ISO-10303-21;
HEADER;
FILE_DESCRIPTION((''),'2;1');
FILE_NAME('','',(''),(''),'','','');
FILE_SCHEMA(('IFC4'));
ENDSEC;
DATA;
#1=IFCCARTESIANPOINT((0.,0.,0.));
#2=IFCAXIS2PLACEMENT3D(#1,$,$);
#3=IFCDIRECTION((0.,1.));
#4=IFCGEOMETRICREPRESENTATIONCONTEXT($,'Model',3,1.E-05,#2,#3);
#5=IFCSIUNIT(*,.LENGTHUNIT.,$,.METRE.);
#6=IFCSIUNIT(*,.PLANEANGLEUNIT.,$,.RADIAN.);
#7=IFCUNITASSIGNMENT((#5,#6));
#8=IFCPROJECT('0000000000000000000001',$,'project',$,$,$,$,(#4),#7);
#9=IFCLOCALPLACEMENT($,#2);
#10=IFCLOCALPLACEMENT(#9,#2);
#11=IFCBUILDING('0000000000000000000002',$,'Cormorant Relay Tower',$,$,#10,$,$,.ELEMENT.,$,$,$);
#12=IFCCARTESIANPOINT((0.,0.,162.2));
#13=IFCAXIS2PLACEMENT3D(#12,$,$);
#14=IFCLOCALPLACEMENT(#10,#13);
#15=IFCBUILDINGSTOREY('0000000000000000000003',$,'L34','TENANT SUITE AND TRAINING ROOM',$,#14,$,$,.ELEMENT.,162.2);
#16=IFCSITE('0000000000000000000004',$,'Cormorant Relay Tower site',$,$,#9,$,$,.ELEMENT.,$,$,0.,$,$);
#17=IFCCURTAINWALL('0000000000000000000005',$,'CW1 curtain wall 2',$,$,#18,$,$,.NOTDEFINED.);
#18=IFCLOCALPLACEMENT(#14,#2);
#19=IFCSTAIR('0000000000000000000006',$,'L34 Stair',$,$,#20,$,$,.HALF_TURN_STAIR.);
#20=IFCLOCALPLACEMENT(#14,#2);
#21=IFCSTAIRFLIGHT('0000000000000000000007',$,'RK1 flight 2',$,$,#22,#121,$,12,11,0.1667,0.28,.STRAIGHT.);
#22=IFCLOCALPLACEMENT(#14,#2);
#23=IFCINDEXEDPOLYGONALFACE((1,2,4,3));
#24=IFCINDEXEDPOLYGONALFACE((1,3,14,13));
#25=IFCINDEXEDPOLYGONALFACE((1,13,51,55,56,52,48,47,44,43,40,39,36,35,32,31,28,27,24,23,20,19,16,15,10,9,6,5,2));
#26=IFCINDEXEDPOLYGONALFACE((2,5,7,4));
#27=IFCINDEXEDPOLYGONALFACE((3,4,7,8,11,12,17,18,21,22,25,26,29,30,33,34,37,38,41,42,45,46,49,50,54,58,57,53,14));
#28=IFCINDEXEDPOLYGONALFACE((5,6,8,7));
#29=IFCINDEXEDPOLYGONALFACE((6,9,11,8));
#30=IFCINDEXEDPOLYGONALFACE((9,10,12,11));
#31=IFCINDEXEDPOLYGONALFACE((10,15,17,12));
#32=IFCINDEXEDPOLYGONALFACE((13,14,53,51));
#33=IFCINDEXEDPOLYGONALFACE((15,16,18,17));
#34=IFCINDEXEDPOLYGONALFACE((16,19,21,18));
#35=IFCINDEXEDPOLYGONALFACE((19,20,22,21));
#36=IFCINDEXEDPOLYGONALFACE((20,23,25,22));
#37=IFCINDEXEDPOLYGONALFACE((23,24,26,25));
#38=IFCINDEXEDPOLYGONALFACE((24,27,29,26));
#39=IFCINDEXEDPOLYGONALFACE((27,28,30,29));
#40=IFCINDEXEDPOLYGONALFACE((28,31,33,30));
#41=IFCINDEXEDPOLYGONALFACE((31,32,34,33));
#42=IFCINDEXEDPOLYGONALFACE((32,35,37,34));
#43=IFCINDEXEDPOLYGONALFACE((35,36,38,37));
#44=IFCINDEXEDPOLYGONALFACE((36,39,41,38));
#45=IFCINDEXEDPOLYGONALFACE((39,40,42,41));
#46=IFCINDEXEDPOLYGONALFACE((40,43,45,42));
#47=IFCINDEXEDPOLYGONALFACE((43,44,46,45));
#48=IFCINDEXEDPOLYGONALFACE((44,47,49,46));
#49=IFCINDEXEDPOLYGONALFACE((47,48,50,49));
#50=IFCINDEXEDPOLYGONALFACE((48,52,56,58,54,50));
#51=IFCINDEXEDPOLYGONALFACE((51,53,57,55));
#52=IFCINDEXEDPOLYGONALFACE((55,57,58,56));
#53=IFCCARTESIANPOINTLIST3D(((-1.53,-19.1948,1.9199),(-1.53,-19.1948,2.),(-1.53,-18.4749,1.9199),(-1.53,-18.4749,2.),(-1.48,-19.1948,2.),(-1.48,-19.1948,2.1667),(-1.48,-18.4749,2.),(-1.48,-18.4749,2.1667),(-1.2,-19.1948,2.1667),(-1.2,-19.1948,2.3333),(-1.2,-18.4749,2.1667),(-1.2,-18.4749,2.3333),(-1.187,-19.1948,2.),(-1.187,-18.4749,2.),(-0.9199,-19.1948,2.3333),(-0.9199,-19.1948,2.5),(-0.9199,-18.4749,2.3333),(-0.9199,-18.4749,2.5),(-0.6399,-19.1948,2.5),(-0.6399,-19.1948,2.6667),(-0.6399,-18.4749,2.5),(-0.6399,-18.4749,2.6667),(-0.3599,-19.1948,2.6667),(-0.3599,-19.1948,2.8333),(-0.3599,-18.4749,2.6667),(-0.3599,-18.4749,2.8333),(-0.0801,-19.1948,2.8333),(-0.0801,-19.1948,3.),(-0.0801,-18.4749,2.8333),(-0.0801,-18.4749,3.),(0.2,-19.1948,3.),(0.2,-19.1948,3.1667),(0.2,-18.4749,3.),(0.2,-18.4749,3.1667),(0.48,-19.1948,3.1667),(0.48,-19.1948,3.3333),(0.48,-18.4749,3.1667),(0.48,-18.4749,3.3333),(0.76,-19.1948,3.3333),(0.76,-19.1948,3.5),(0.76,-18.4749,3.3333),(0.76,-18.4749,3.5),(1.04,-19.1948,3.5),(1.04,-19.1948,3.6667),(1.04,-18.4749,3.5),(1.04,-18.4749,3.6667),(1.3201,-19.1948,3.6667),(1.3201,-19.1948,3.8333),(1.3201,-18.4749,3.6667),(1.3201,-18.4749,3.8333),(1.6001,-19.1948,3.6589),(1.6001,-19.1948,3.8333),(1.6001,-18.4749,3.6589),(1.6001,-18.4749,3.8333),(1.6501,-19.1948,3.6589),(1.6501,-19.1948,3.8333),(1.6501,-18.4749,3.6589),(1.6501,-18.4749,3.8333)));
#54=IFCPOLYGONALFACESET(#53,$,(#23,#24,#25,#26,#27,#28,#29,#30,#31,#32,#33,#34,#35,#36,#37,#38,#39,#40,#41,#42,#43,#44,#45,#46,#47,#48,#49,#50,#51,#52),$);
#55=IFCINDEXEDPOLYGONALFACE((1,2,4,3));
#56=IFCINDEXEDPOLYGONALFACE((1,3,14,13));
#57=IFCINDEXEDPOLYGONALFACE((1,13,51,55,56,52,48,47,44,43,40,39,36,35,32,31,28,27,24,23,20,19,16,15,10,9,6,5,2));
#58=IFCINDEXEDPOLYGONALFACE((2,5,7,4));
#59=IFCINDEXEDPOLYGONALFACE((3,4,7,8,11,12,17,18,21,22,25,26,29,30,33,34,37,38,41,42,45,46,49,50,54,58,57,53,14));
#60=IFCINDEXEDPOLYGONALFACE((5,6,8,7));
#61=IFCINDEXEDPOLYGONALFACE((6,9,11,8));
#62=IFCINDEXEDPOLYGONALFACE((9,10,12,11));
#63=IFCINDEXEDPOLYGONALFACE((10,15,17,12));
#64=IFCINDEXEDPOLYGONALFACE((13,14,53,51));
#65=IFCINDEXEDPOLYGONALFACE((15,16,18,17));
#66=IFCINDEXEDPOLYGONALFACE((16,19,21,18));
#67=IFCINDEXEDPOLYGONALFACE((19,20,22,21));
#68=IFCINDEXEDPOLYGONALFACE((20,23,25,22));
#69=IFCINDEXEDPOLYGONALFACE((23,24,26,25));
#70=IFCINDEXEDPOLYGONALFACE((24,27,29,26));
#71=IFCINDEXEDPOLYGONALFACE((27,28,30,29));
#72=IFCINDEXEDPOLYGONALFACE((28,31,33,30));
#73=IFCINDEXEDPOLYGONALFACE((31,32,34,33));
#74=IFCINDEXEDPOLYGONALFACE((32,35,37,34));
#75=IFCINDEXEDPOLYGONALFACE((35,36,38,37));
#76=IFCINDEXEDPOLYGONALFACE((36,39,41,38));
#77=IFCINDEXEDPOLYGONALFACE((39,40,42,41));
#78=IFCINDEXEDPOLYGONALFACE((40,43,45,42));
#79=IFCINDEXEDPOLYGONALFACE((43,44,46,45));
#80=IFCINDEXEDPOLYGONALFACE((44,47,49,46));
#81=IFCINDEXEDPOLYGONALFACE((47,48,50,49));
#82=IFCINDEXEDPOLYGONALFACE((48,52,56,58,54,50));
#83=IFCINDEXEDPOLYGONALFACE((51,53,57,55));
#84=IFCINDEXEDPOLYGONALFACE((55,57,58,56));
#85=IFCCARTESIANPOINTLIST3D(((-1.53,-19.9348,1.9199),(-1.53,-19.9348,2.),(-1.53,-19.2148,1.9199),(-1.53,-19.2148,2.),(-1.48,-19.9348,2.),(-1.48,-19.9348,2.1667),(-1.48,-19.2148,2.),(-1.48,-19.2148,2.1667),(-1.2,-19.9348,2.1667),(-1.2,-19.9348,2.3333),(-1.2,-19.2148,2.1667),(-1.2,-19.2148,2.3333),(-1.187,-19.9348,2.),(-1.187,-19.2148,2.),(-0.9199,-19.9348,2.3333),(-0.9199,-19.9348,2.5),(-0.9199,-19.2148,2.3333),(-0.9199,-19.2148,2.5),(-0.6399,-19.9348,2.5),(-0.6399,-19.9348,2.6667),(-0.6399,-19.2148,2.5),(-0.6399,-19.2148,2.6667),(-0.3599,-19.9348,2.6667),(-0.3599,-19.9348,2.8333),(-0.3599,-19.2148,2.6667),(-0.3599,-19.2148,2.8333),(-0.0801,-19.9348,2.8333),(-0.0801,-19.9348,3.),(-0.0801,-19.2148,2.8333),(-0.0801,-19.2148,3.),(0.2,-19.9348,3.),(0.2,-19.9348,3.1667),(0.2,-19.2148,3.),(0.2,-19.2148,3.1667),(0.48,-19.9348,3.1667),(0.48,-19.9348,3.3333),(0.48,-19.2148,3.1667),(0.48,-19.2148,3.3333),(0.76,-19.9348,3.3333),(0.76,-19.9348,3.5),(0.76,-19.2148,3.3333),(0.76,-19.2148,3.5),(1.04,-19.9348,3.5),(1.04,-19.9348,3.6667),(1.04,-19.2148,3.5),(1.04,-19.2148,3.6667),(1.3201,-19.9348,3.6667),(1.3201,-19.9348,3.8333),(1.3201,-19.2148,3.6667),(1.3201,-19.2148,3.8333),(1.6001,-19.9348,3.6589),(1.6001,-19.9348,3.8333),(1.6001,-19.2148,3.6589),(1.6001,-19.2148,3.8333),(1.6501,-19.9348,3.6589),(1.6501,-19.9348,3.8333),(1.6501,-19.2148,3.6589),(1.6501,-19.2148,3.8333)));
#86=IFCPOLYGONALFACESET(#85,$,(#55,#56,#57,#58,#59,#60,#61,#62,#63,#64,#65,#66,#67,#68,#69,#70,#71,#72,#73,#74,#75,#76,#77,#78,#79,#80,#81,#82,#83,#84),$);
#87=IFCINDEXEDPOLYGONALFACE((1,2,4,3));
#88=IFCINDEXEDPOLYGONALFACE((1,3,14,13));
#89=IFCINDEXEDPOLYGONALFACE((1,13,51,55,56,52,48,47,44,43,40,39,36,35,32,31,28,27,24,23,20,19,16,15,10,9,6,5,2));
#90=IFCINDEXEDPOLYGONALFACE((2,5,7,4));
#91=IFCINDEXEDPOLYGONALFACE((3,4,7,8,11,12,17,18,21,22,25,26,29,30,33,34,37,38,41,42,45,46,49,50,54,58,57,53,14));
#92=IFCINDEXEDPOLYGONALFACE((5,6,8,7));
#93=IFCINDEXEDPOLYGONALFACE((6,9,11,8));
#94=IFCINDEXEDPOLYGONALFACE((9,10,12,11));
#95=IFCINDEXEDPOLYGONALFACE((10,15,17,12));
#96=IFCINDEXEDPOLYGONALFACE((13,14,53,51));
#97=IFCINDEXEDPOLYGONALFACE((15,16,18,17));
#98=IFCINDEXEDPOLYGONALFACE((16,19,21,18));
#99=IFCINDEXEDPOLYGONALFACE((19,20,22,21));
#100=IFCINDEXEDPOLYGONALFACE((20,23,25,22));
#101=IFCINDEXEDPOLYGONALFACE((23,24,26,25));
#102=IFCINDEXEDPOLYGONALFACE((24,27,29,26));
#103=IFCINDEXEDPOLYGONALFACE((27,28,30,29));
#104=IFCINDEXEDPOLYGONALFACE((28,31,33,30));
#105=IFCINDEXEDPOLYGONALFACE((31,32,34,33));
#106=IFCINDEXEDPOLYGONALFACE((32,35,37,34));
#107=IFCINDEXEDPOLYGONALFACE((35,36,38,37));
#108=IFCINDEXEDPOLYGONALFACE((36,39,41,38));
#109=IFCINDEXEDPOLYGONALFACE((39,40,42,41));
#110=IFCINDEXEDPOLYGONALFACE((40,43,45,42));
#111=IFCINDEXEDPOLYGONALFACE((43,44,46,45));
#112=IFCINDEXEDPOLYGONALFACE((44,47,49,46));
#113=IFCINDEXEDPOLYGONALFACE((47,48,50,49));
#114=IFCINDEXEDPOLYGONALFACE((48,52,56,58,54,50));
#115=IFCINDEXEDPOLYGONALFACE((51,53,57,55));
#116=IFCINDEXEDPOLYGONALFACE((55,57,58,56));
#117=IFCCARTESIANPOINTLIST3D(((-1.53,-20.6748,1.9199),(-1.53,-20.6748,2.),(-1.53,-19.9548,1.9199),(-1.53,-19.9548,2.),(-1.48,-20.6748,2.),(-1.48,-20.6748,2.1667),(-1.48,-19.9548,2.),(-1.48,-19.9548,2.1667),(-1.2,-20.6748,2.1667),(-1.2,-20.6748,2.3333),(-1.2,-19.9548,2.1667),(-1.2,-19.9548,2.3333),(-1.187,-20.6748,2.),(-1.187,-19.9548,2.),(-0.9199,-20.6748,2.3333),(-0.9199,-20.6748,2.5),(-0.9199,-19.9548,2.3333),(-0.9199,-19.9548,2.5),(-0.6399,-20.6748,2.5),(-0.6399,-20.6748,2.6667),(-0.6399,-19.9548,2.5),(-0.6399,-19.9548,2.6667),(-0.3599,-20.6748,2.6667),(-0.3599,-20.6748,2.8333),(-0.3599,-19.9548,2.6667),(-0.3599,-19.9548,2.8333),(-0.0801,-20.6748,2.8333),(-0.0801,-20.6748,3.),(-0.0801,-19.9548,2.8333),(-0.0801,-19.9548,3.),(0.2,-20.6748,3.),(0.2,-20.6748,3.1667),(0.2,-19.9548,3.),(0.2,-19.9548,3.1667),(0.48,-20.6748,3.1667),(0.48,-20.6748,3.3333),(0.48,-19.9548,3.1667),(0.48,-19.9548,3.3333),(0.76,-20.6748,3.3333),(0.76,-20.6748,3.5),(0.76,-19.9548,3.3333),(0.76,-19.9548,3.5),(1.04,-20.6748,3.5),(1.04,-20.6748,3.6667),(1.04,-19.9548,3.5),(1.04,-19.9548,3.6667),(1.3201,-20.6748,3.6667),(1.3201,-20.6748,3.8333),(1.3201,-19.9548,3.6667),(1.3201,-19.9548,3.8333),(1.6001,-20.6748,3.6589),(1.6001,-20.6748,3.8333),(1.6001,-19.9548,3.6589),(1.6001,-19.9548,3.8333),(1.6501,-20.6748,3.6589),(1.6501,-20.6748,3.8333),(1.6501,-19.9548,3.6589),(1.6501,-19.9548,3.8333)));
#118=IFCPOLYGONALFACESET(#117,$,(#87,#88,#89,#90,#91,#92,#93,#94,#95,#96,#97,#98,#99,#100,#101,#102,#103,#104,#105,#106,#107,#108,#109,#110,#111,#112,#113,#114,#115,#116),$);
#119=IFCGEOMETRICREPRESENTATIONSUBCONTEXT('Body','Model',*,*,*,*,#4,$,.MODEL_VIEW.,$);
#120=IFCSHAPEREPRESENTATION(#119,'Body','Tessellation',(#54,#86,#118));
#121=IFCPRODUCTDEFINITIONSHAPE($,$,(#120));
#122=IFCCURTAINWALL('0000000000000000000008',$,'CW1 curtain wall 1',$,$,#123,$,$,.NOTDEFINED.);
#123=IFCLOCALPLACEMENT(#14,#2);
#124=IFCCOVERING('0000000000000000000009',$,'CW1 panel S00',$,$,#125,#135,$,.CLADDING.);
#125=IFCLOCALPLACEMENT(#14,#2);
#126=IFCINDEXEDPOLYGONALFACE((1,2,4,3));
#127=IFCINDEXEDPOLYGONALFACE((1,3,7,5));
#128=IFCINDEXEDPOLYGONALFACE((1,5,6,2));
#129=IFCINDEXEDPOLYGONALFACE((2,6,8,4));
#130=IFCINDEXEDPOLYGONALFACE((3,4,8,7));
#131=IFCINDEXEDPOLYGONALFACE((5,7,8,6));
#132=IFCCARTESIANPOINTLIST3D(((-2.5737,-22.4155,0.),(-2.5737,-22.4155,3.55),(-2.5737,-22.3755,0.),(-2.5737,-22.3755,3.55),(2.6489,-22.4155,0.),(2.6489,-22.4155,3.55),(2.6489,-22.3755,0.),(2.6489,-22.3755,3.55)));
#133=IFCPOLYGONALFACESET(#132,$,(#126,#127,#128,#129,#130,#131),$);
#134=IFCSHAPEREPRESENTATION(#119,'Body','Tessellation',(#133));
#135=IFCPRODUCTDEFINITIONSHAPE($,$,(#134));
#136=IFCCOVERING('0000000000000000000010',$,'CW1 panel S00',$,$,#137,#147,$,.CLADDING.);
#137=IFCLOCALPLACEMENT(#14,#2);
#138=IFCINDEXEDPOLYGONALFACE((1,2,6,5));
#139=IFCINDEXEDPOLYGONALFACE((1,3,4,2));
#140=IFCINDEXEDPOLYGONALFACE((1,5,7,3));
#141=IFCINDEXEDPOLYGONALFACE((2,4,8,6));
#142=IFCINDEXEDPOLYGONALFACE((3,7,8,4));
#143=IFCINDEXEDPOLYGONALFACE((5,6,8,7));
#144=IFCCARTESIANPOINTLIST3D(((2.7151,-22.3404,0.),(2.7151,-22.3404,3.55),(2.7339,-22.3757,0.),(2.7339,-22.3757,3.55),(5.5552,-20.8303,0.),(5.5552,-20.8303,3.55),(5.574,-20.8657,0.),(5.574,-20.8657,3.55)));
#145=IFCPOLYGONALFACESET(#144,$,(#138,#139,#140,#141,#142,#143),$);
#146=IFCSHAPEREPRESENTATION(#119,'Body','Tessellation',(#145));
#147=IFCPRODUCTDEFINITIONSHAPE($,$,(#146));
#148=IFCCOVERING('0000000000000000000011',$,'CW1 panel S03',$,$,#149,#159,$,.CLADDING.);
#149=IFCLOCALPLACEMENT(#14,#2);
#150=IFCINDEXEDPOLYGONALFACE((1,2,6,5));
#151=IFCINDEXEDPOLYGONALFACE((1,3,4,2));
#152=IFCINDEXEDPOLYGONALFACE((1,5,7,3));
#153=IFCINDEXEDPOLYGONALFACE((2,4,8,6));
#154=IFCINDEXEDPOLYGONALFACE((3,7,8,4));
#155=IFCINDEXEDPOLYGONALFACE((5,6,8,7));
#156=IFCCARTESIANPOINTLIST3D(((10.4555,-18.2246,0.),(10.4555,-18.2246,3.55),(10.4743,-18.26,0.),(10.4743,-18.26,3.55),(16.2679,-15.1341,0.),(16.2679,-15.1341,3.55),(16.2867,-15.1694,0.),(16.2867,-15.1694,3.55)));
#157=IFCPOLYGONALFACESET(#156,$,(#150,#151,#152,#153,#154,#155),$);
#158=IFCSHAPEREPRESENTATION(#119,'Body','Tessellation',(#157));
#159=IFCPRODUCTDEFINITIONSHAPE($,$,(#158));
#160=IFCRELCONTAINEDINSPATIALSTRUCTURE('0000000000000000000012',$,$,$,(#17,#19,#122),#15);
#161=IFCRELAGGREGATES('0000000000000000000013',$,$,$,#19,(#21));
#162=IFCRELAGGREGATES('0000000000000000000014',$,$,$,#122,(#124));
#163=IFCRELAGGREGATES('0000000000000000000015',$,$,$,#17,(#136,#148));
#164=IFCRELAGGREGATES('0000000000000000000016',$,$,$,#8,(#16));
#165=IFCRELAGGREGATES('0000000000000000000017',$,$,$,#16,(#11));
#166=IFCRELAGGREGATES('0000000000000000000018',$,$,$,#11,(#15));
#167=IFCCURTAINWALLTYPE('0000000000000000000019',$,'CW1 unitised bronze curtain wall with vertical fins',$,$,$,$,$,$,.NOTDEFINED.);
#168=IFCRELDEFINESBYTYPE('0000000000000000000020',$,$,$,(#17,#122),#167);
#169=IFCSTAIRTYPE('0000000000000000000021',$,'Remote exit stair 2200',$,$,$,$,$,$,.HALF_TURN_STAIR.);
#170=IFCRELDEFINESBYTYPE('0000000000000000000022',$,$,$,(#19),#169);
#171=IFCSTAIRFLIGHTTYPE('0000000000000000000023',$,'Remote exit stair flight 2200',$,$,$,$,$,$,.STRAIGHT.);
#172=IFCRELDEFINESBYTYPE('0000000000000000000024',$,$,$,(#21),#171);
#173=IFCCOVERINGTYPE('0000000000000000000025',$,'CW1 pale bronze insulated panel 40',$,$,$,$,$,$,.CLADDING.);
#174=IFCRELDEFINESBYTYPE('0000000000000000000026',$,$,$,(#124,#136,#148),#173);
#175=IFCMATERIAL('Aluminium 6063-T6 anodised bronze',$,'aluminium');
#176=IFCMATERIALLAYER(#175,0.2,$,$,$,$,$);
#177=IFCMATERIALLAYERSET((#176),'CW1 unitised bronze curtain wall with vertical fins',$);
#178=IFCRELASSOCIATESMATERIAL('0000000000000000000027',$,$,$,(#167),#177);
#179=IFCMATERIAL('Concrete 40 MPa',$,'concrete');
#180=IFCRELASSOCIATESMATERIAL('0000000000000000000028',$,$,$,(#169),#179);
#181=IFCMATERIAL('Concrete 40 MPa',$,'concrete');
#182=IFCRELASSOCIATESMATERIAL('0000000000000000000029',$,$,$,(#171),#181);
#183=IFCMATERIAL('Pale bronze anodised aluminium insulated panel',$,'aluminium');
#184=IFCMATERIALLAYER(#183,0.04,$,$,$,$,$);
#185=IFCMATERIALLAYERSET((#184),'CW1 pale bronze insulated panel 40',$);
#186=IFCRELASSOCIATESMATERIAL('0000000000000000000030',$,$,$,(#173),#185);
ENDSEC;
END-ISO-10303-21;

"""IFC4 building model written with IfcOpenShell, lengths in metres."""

from ifc_helpers import new_model, si_unit, direction, frame, origin, origin_2d, place, context, subcontext, project, spatial, polyline, rectangle, outline, extrude, material, layer, layer_set, type_object, element, aggregate, save


model = new_model("IFC4")

# Units and contexts
model_context = context("Model", 3, precision=1e-05, world=origin(), true_north=direction((0.0, 1.0)))
body_context = subcontext(model_context, "Body", "Model", "MODEL_VIEW")
ifc_project = project(units=[si_unit("LENGTHUNIT", "METRE"), si_unit("PLANEANGLEUNIT", "RADIAN")], contexts=[model_context])

# Site, building, storey
site_placement = place(None, origin())
site = spatial("IfcSite", under=ifc_project, at=site_placement, Name="Cormorant Relay Tower site", CompositionType="ELEMENT", RefElevation=0.0)
building_placement = place(site_placement, origin())
building = spatial("IfcBuilding", under=site, at=building_placement, Name="Cormorant Relay Tower", CompositionType="ELEMENT")
storey_placement = place(building_placement, frame((0.0, 0.0, 162.2)))
storey = spatial("IfcBuildingStorey", under=building, at=storey_placement, Name="L34", Description="TENANT SUITE AND TRAINING ROOM", CompositionType="ELEMENT", Elevation=162.2)

# Curtain wall
ifc_material_1 = material(Name="Aluminium 6063-T6 anodised bronze", Category="aluminium")
ifc_layer_1 = layer(ifc_material_1, 0.2)
ifc_layer_set_1 = layer_set([ifc_layer_1], Name="CW1 unitised bronze curtain wall with vertical fins")
curtain_wall_type = type_object("IfcCurtainWallType", Name="CW1 unitised bronze curtain wall with vertical fins", PredefinedType="NOTDEFINED", material=ifc_layer_set_1)
curtain_wall_1_placement = place(storey_placement, origin())
curtain_wall_1 = element("IfcCurtainWall", 1, at=curtain_wall_1_placement, inside=storey, type_object=curtain_wall_type, Name="CW1 curtain wall 2", PredefinedType="NOTDEFINED")

# Stair, stair flight
ifc_material_2 = material(Name="Concrete 40 MPa", Category="concrete")
stair_type = type_object("IfcStairType", Name="Remote exit stair 2200", PredefinedType="HALF_TURN_STAIR", material=ifc_material_2)
stair_placement = place(storey_placement, origin())
stair = element("IfcStair", 2, at=stair_placement, inside=storey, type_object=stair_type, Name="L34 Stair", PredefinedType="HALF_TURN_STAIR")
ifc_material_3 = material(Name="Concrete 40 MPa", Category="concrete")
stair_flight_type = type_object("IfcStairFlightType", Name="Remote exit stair flight 2200", PredefinedType="STRAIGHT", material=ifc_material_3)
stair_flight_1_placement = place(storey_placement, frame((-1.48, -19.575, 2.0), z_axis=(0.0, 0.0, 1.0), x_axis=(1.0, 0.0, 0.0)))
stair_flight_1 = element("IfcStairFlight", 3, at=stair_flight_1_placement, type_object=stair_flight_type, Name="RK1 flight 2", NumberOfRisers=12, NumberOfTreads=11, PredefinedType="STRAIGHT", RiserHeight=0.1667, TreadLength=0.28, context=body_context, shape_type="SweptSolid", body=[
    extrude(outline(polyline([(-0.05, -0.0801), (-0.05, 0.0), (0.0, 0.0), (0.0, 0.1667), (0.28, 0.1667), (0.28, 0.3333), (0.5601, 0.3333), (0.5601, 0.5), (0.8401, 0.5), (0.8401, 0.6667), (1.1201, 0.6667), (1.1201, 0.8333), (1.3999, 0.8333), (1.3999, 1.0), (1.6799, 1.0), (1.6799, 1.1667), (1.96, 1.1667), (1.96, 1.3333), (2.24, 1.3333), (2.24, 1.5), (2.52, 1.5), (2.52, 1.6667), (2.8, 1.6667), (2.8, 1.8333), (3.0801, 1.8333), (3.1301, 1.8333), (3.1301, 1.6589), (3.0801, 1.6589), (0.293, 0.0), (-0.05, -0.0801)])), frame((0.0, 1.1001, 0.0), z_axis=(0.0, -1.0, 0.0), x_axis=(1.0, 0.0, 0.0)), (0.0, 0.0, 1.0), 0.72),
    extrude(outline(polyline([(-0.05, -0.0801), (-0.05, 0.0), (0.0, 0.0), (0.0, 0.1667), (0.28, 0.1667), (0.28, 0.3333), (0.5601, 0.3333), (0.5601, 0.5), (0.8401, 0.5), (0.8401, 0.6667), (1.1201, 0.6667), (1.1201, 0.8333), (1.3999, 0.8333), (1.3999, 1.0), (1.6799, 1.0), (1.6799, 1.1667), (1.96, 1.1667), (1.96, 1.3333), (2.24, 1.3333), (2.24, 1.5), (2.52, 1.5), (2.52, 1.6667), (2.8, 1.6667), (2.8, 1.8333), (3.0801, 1.8333), (3.1301, 1.8333), (3.1301, 1.6589), (3.0801, 1.6589), (0.293, 0.0), (-0.05, -0.0801)])), frame((0.0, 0.3601, 0.0), z_axis=(0.0, -1.0, 0.0), x_axis=(1.0, 0.0, 0.0)), (0.0, 0.0, 1.0), 0.72),
    extrude(outline(polyline([(-0.05, -0.0801), (-0.05, 0.0), (0.0, 0.0), (0.0, 0.1667), (0.28, 0.1667), (0.28, 0.3333), (0.5601, 0.3333), (0.5601, 0.5), (0.8401, 0.5), (0.8401, 0.6667), (1.1201, 0.6667), (1.1201, 0.8333), (1.3999, 0.8333), (1.3999, 1.0), (1.6799, 1.0), (1.6799, 1.1667), (1.96, 1.1667), (1.96, 1.3333), (2.24, 1.3333), (2.24, 1.5), (2.52, 1.5), (2.52, 1.6667), (2.8, 1.6667), (2.8, 1.8333), (3.0801, 1.8333), (3.1301, 1.8333), (3.1301, 1.6589), (3.0801, 1.6589), (0.293, 0.0), (-0.05, -0.0801)])), frame((0.0, -0.3799, 0.0), z_axis=(0.0, -1.0, 0.0), x_axis=(1.0, 0.0, 0.0)), (0.0, 0.0, 1.0), 0.72),
])
aggregate(stair, [stair_flight_1])

# Curtain wall, covering
curtain_wall_2_placement = place(storey_placement, origin())
curtain_wall_2 = element("IfcCurtainWall", 4, at=curtain_wall_2_placement, inside=storey, type_object=curtain_wall_type, Name="CW1 curtain wall 1", PredefinedType="NOTDEFINED")
ifc_material_4 = material(Name="Pale bronze anodised aluminium insulated panel", Category="aluminium")
ifc_layer_2 = layer(ifc_material_4, 0.04)
ifc_layer_set_2 = layer_set([ifc_layer_2], Name="CW1 pale bronze insulated panel 40")
covering_type = type_object("IfcCoveringType", Name="CW1 pale bronze insulated panel 40", PredefinedType="CLADDING", material=ifc_layer_set_2)
covering_1_placement = place(storey_placement, frame((0.0376, -22.3955, 0.0), z_axis=(0.0, 0.0, 1.0), x_axis=(1.0, 0.0, 0.0)))
covering_1 = element("IfcCovering", 5, at=covering_1_placement, type_object=covering_type, Name="CW1 panel S00", PredefinedType="CLADDING", context=body_context, shape_type="SweptSolid", body=[
    extrude(rectangle(XDim=5.2227, YDim=0.04, at=origin_2d()), origin(), (0.0, 0.0, 1.0), 3.55),
])
aggregate(curtain_wall_2, [covering_1])

# Coverings
covering_2_placement = place(storey_placement, frame((4.1445, -21.603, 0.0), z_axis=(0.0, 0.0, 1.0), x_axis=(0.882948, 0.469472, 0.0)))
covering_2 = element("IfcCovering", 6, at=covering_2_placement, type_object=covering_type, Name="CW1 panel S00", PredefinedType="CLADDING", context=body_context, shape_type="SweptSolid", body=[
    extrude(rectangle(XDim=3.2166, YDim=0.04, at=origin_2d()), origin(), (0.0, 0.0, 1.0), 3.55),
])
covering_3_placement = place(storey_placement, frame((13.3711, -16.697, 0.0), z_axis=(0.0, 0.0, 1.0), x_axis=(0.882948, 0.469472, 0.0)))
covering_3 = element("IfcCovering", 7, at=covering_3_placement, type_object=covering_type, Name="CW1 panel S03", PredefinedType="CLADDING", context=body_context, shape_type="SweptSolid", body=[
    extrude(rectangle(XDim=6.583, YDim=0.04, at=origin_2d()), origin(), (0.0, 0.0, 1.0), 3.55),
])
aggregate(curtain_wall_1, [covering_2, covering_3])

save(model, "model.ifc")
